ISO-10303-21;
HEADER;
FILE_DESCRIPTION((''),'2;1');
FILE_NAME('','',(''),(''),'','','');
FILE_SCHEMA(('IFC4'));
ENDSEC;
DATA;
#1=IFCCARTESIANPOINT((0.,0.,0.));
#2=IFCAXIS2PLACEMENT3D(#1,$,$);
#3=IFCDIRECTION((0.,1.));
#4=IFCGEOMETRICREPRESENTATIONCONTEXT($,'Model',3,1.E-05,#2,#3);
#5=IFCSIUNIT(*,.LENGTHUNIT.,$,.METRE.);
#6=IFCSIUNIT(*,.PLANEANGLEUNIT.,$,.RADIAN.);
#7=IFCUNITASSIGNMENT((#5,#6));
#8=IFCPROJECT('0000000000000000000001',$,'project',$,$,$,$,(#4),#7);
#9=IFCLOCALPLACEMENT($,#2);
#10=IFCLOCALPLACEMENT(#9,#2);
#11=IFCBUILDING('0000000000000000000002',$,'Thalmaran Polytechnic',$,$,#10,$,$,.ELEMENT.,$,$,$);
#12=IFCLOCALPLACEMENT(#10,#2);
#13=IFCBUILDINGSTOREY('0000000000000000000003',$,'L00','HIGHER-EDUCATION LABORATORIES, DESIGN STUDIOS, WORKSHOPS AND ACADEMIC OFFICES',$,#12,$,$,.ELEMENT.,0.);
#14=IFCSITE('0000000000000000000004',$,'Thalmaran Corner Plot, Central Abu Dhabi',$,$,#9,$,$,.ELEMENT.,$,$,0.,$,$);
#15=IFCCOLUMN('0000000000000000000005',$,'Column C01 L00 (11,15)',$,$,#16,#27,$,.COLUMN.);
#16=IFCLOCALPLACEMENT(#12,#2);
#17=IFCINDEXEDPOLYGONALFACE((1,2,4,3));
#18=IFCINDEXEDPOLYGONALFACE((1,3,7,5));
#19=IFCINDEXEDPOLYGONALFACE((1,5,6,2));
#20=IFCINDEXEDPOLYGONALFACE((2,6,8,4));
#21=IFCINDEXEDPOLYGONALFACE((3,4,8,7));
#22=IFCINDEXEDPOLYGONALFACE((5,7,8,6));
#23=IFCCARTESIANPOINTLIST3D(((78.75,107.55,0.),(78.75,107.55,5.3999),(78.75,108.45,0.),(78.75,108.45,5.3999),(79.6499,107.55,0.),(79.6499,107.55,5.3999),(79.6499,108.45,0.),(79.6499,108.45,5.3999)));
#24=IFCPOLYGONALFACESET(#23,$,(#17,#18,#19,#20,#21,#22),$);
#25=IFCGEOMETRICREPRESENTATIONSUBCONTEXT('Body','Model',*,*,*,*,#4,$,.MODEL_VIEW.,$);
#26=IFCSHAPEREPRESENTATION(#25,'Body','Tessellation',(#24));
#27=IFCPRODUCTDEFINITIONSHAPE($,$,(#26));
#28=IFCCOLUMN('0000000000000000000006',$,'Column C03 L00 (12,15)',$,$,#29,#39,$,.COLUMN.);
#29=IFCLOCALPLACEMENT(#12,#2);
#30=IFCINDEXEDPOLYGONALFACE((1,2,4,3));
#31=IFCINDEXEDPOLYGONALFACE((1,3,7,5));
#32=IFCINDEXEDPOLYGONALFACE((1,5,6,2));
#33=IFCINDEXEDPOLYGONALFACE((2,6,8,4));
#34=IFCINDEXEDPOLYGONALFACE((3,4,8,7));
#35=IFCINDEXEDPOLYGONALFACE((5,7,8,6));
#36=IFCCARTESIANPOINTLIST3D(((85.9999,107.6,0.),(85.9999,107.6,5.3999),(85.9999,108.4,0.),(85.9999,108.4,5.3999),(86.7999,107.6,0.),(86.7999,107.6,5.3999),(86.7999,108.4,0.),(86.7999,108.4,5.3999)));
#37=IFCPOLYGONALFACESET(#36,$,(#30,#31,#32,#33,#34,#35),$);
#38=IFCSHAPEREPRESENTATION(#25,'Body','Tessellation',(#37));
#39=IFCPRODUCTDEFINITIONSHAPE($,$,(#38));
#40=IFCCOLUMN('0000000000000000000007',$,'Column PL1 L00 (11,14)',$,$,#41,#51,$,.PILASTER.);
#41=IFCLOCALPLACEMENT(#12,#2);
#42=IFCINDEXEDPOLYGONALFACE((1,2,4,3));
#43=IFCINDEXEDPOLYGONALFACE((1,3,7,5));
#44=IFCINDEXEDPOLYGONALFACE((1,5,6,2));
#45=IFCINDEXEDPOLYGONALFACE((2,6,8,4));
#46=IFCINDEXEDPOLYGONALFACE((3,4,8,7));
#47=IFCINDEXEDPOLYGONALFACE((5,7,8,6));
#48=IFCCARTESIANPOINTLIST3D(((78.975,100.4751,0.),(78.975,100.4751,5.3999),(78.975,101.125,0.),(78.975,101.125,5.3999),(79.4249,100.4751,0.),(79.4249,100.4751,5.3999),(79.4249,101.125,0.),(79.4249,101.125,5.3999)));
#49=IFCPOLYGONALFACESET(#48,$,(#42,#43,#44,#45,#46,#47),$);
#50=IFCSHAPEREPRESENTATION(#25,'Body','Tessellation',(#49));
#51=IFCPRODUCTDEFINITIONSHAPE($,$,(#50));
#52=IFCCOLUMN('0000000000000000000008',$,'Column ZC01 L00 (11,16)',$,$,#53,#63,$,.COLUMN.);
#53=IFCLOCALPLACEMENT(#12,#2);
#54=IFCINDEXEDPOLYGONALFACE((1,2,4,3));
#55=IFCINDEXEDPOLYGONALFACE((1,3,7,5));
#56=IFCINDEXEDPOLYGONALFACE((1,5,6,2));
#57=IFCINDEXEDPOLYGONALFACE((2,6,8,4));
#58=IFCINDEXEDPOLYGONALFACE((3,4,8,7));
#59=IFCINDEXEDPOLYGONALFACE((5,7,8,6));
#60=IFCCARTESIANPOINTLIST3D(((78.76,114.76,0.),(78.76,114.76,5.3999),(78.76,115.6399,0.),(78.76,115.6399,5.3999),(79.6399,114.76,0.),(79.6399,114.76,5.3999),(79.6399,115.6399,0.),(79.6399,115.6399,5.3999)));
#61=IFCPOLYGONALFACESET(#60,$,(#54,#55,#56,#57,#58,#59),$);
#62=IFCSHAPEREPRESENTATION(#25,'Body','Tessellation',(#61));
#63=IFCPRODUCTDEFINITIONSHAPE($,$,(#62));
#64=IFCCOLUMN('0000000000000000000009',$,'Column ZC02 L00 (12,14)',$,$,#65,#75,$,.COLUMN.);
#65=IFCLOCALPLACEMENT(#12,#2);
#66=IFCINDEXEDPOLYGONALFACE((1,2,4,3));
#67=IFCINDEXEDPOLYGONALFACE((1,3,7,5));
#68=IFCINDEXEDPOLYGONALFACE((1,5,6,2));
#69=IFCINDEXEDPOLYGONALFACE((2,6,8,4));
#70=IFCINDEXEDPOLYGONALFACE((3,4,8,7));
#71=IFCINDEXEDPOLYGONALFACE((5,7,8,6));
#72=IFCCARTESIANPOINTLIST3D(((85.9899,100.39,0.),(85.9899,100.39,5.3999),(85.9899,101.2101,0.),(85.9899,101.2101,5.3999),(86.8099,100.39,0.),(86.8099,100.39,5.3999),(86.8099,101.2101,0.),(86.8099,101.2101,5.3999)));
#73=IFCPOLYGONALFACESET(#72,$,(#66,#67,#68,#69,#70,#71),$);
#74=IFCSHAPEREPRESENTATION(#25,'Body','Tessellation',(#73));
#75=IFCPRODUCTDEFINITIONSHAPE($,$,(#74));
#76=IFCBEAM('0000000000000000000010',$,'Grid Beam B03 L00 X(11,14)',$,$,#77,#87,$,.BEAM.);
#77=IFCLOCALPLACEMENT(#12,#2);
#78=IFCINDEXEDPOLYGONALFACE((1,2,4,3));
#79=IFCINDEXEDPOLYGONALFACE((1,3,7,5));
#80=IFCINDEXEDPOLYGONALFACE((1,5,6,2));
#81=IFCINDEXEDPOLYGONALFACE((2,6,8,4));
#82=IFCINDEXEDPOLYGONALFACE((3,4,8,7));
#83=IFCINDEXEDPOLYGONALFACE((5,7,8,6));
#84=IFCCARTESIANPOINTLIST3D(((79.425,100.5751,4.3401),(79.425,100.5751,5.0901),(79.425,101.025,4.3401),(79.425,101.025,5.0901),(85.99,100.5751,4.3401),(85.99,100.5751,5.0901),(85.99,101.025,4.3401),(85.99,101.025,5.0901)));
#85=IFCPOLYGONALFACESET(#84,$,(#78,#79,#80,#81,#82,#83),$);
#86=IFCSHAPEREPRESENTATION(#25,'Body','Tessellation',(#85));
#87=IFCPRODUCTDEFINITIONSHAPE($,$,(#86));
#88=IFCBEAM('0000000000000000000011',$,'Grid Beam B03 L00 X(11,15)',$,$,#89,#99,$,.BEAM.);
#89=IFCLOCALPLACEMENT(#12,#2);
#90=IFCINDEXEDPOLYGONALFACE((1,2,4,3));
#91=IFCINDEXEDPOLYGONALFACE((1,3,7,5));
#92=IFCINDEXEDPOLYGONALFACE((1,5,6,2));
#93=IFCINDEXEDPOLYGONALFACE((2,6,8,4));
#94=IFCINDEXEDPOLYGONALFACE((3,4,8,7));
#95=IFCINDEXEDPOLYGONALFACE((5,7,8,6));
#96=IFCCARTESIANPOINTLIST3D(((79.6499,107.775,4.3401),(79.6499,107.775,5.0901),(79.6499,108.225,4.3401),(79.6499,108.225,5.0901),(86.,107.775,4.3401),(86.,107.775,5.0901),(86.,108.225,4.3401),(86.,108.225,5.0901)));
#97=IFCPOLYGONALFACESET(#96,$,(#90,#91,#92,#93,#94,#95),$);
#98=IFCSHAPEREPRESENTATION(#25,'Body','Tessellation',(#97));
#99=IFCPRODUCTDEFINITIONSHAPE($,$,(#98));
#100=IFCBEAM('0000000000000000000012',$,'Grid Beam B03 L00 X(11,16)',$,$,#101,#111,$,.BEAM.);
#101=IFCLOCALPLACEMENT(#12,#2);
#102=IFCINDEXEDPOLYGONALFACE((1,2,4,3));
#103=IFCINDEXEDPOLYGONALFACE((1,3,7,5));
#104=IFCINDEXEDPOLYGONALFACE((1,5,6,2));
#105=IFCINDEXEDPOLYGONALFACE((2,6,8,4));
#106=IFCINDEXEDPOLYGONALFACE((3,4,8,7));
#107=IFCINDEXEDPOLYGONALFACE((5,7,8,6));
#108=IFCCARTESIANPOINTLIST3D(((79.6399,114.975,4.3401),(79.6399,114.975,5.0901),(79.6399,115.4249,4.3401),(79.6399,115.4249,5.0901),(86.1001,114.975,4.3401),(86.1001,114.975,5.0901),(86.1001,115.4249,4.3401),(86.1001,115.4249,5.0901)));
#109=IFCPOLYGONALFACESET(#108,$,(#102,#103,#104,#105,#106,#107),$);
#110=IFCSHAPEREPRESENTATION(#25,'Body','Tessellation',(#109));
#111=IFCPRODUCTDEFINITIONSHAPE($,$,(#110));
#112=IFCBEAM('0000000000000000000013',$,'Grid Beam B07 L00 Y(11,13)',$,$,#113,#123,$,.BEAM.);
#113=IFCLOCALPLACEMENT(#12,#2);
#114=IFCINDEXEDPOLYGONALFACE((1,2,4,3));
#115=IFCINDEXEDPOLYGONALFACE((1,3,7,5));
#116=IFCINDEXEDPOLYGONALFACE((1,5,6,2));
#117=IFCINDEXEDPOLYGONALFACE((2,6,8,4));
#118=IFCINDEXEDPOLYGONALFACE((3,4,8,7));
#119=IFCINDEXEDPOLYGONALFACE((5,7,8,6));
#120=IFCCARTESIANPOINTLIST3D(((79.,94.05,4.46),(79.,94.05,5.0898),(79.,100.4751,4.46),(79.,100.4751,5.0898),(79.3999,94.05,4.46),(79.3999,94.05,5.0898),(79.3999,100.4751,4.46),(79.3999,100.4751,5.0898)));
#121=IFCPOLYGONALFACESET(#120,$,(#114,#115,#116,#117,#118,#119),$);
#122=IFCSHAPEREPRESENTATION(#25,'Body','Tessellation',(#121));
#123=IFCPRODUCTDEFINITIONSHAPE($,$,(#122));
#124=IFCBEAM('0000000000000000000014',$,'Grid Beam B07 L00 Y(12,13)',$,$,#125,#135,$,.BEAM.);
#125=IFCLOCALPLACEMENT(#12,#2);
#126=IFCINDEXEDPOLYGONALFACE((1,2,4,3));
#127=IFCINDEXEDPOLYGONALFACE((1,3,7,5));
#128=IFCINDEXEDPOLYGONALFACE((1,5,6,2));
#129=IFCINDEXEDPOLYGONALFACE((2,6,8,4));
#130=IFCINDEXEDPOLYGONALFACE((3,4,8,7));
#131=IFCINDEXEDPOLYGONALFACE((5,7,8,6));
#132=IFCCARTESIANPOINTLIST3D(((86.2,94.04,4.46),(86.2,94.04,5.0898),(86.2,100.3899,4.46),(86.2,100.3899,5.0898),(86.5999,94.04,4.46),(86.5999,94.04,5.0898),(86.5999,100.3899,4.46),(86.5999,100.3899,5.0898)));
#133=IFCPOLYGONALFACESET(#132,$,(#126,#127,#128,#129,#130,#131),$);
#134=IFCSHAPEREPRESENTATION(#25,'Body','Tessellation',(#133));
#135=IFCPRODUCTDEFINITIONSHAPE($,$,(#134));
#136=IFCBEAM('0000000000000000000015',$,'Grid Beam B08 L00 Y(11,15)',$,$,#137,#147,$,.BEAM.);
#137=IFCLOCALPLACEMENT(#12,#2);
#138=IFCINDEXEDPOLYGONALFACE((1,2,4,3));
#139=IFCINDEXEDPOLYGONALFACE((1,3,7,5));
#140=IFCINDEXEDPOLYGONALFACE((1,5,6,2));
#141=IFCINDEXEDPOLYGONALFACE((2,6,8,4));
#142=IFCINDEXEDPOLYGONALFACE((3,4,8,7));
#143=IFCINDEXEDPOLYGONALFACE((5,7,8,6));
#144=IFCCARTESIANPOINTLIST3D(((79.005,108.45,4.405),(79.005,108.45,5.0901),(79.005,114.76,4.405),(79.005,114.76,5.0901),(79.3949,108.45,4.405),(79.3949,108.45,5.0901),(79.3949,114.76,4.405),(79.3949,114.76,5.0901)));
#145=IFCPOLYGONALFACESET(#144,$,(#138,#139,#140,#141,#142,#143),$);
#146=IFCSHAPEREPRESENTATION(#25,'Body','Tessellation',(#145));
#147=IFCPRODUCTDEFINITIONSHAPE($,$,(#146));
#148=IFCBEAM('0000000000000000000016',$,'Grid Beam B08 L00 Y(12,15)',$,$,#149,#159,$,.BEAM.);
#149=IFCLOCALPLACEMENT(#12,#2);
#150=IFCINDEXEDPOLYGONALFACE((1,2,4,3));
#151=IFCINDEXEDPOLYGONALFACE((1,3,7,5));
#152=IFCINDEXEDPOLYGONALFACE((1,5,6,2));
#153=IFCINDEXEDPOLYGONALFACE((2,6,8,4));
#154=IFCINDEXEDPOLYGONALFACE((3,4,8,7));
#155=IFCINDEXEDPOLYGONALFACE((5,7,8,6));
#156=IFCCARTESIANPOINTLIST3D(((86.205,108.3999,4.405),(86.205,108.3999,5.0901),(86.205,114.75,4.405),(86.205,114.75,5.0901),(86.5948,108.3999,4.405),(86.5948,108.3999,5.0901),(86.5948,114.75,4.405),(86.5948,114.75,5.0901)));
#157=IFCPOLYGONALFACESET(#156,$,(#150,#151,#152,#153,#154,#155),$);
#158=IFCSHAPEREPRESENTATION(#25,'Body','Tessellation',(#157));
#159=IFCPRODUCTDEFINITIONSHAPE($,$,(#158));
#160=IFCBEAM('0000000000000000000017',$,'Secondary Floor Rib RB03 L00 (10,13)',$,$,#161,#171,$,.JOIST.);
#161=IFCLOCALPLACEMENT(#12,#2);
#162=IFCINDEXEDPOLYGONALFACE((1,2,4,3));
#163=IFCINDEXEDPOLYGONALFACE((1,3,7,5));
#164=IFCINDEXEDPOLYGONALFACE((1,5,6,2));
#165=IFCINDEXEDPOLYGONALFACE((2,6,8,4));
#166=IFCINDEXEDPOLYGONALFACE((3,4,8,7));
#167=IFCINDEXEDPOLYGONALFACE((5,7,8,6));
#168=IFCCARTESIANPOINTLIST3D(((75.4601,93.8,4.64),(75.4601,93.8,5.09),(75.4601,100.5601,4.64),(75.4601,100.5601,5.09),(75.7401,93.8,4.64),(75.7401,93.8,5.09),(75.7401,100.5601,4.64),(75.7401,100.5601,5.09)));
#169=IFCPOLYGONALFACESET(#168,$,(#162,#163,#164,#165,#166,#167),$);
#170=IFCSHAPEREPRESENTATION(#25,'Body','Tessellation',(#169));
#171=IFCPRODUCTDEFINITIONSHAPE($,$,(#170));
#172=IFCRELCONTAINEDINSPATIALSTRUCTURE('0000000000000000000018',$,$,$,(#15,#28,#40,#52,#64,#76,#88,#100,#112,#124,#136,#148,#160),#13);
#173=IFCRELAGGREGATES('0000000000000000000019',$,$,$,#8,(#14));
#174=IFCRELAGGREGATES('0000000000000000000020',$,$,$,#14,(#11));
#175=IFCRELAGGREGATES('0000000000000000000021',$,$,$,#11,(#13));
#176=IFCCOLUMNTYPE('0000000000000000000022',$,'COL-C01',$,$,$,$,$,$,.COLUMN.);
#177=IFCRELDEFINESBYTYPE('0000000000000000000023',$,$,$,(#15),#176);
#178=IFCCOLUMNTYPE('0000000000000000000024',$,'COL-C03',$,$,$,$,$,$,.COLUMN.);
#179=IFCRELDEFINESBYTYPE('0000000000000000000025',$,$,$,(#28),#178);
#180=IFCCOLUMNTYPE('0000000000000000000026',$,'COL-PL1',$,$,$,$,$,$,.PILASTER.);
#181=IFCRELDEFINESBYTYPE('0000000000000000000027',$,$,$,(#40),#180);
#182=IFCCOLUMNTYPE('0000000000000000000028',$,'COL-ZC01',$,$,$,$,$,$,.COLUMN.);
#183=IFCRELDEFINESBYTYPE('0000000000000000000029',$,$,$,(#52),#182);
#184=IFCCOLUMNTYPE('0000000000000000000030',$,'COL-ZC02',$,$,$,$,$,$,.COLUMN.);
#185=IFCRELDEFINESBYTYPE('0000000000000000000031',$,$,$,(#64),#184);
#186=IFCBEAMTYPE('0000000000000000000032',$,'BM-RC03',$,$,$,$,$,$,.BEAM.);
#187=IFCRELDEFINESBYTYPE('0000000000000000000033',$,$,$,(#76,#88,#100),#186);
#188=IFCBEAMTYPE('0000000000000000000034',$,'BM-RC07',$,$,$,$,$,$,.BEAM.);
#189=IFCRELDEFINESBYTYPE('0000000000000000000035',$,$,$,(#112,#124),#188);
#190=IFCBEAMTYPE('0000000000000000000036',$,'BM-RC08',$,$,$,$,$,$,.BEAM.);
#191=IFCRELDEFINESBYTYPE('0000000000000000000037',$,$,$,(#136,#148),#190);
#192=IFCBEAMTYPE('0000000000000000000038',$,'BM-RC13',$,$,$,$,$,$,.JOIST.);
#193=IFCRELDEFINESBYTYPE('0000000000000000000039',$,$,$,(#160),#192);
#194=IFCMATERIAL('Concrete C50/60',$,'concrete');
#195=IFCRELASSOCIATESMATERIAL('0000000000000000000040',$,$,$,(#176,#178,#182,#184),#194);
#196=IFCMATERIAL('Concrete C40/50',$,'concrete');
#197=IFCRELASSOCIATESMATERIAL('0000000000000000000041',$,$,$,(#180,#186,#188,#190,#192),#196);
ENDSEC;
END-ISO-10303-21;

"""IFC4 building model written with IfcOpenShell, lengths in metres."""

from ifc_helpers import new_model, si_unit, direction, frame, origin, origin_2d, place, context, subcontext, project, spatial, rectangle, extrude, material, material_profile, profile_set, type_object, element, save


model = new_model("IFC4")

# Units and contexts
model_context = context("Model", 3, precision=1e-05, world=origin(), true_north=direction((0.0, 1.0)))
body_context = subcontext(model_context, "Body", "Model", "MODEL_VIEW")
ifc_project = project(units=[si_unit("LENGTHUNIT", "METRE"), si_unit("PLANEANGLEUNIT", "RADIAN")], contexts=[model_context])

# Site, building, storey
site_placement = place(None, origin())
site = spatial("IfcSite", under=ifc_project, at=site_placement, Name="Thalmaran Corner Plot, Central Abu Dhabi", CompositionType="ELEMENT", RefElevation=0.0)
building_placement = place(site_placement, origin())
building = spatial("IfcBuilding", under=site, at=building_placement, Name="Thalmaran Polytechnic", CompositionType="ELEMENT")
storey_placement = place(building_placement, origin())
storey = spatial("IfcBuildingStorey", under=building, at=storey_placement, Name="L00", Description="HIGHER-EDUCATION LABORATORIES, DESIGN STUDIOS, WORKSHOPS AND ACADEMIC OFFICES", CompositionType="ELEMENT", Elevation=0.0)

# Columns
ifc_material_1 = material(Name="Concrete C50/60", Category="concrete")
ifc_material_profile_1 = material_profile(ifc_material_1, rectangle(XDim=0.8999, YDim=0.8999, at=origin_2d()), Name="RC 900x900")
ifc_profile_set_1 = profile_set([ifc_material_profile_1], Name="Concrete C50/60")
column_type_1 = type_object("IfcColumnType", Name="COL-C01", PredefinedType="COLUMN", material=ifc_profile_set_1)
column_1_placement = place(storey_placement, frame((79.2, 108.0, 0.0), z_axis=(0.0, 0.0, 1.0), x_axis=(1.0, 0.0, 0.0)))
element("IfcColumn", 1, at=column_1_placement, inside=storey, type_object=column_type_1, Name="Column C01 L00 (11,15)", PredefinedType="COLUMN", context=body_context, shape_type="SweptSolid", body=[
    extrude(rectangle(XDim=0.8999, YDim=0.8999, at=origin_2d()), origin(), (0.0, 0.0, 1.0), 5.3999),
])
ifc_material_profile_2 = material_profile(ifc_material_1, rectangle(XDim=0.8, YDim=0.8, at=origin_2d()), Name="RC 800x800")
ifc_profile_set_2 = profile_set([ifc_material_profile_2], Name="Concrete C50/60")
column_type_2 = type_object("IfcColumnType", Name="COL-C03", PredefinedType="COLUMN", material=ifc_profile_set_2)
column_2_placement = place(storey_placement, frame((86.3999, 108.0, 0.0), z_axis=(0.0, 0.0, 1.0), x_axis=(1.0, 0.0, 0.0)))
element("IfcColumn", 2, at=column_2_placement, inside=storey, type_object=column_type_2, Name="Column C03 L00 (12,15)", PredefinedType="COLUMN", context=body_context, shape_type="SweptSolid", body=[
    extrude(rectangle(XDim=0.8, YDim=0.8, at=origin_2d()), origin(), (0.0, 0.0, 1.0), 5.3999),
])
ifc_material_2 = material(Name="Concrete C40/50", Category="concrete")
ifc_material_profile_3 = material_profile(ifc_material_2, rectangle(XDim=0.45, YDim=0.6499, at=origin_2d()), Name="RC 450x650")
ifc_profile_set_3 = profile_set([ifc_material_profile_3], Name="Concrete C40/50")
column_type_3 = type_object("IfcColumnType", Name="COL-PL1", PredefinedType="PILASTER", material=ifc_profile_set_3)
column_3_placement = place(storey_placement, frame((79.2, 100.8, 0.0), z_axis=(0.0, 0.0, 1.0), x_axis=(1.0, 0.0, 0.0)))
element("IfcColumn", 3, at=column_3_placement, inside=storey, type_object=column_type_3, Name="Column PL1 L00 (11,14)", PredefinedType="PILASTER", context=body_context, shape_type="SweptSolid", body=[
    extrude(rectangle(XDim=0.45, YDim=0.6499, at=origin_2d()), origin(), (0.0, 0.0, 1.0), 5.3999),
])
ifc_material_profile_4 = material_profile(ifc_material_1, rectangle(XDim=0.8799, YDim=0.8799, at=origin_2d()), Name="RC 880x880")
ifc_profile_set_4 = profile_set([ifc_material_profile_4], Name="Concrete C50/60")
column_type_4 = type_object("IfcColumnType", Name="COL-ZC01", PredefinedType="COLUMN", material=ifc_profile_set_4)
column_4_placement = place(storey_placement, frame((79.2, 115.2, 0.0), z_axis=(0.0, 0.0, 1.0), x_axis=(1.0, 0.0, 0.0)))
element("IfcColumn", 4, at=column_4_placement, inside=storey, type_object=column_type_4, Name="Column ZC01 L00 (11,16)", PredefinedType="COLUMN", context=body_context, shape_type="SweptSolid", body=[
    extrude(rectangle(XDim=0.8799, YDim=0.8799, at=origin_2d()), origin(), (0.0, 0.0, 1.0), 5.3999),
])
ifc_material_profile_5 = material_profile(ifc_material_1, rectangle(XDim=0.8201, YDim=0.8201, at=origin_2d()), Name="RC 820x820")
ifc_profile_set_5 = profile_set([ifc_material_profile_5], Name="Concrete C50/60")
column_type_5 = type_object("IfcColumnType", Name="COL-ZC02", PredefinedType="COLUMN", material=ifc_profile_set_5)
column_5_placement = place(storey_placement, frame((86.3999, 100.8, 0.0), z_axis=(0.0, 0.0, 1.0), x_axis=(1.0, 0.0, 0.0)))
element("IfcColumn", 5, at=column_5_placement, inside=storey, type_object=column_type_5, Name="Column ZC02 L00 (12,14)", PredefinedType="COLUMN", context=body_context, shape_type="SweptSolid", body=[
    extrude(rectangle(XDim=0.8201, YDim=0.8201, at=origin_2d()), origin(), (0.0, 0.0, 1.0), 5.3999),
])

# Beams
ifc_material_profile_6 = material_profile(ifc_material_2, rectangle(XDim=0.45, YDim=0.75, at=origin_2d()), Name="RC 450x750")
ifc_profile_set_6 = profile_set([ifc_material_profile_6], Name="Concrete C40/50")
beam_type_1 = type_object("IfcBeamType", Name="BM-RC03", PredefinedType="BEAM", material=ifc_profile_set_6)
beam_1_placement = place(storey_placement, frame((79.425, 100.8, 4.7151), z_axis=(1.0, 0.0, 0.0), x_axis=(0.0, 1.0, 0.0)))
element("IfcBeam", 6, at=beam_1_placement, inside=storey, type_object=beam_type_1, Name="Grid Beam B03 L00 X(11,14)", PredefinedType="BEAM", context=body_context, shape_type="SweptSolid", body=[
    extrude(rectangle(XDim=0.45, YDim=0.75, at=origin_2d()), origin(), (0.0, 0.0, 1.0), 6.5649),
])
beam_2_placement = place(storey_placement, frame((79.6499, 108.0, 4.7151), z_axis=(1.0, 0.0, 0.0), x_axis=(0.0, 1.0, 0.0)))
element("IfcBeam", 7, at=beam_2_placement, inside=storey, type_object=beam_type_1, Name="Grid Beam B03 L00 X(11,15)", PredefinedType="BEAM", context=body_context, shape_type="SweptSolid", body=[
    extrude(rectangle(XDim=0.45, YDim=0.75, at=origin_2d()), origin(), (0.0, 0.0, 1.0), 6.3501),
])
beam_3_placement = place(storey_placement, frame((79.6399, 115.2, 4.7151), z_axis=(1.0, 0.0, 0.0), x_axis=(0.0, 1.0, 0.0)))
element("IfcBeam", 8, at=beam_3_placement, inside=storey, type_object=beam_type_1, Name="Grid Beam B03 L00 X(11,16)", PredefinedType="BEAM", context=body_context, shape_type="SweptSolid", body=[
    extrude(rectangle(XDim=0.45, YDim=0.75, at=origin_2d()), origin(), (0.0, 0.0, 1.0), 6.4602),
])
ifc_material_profile_7 = material_profile(ifc_material_2, rectangle(XDim=0.3999, YDim=0.6299, at=origin_2d()), Name="RC 400x630")
ifc_profile_set_7 = profile_set([ifc_material_profile_7], Name="Concrete C40/50")
beam_type_2 = type_object("IfcBeamType", Name="BM-RC07", PredefinedType="BEAM", material=ifc_profile_set_7)
beam_4_placement = place(storey_placement, frame((79.2, 94.05, 4.7749), z_axis=(0.0, 1.0, 0.0), x_axis=(-1.0, 0.0, 0.0)))
element("IfcBeam", 9, at=beam_4_placement, inside=storey, type_object=beam_type_2, Name="Grid Beam B07 L00 Y(11,13)", PredefinedType="BEAM", context=body_context, shape_type="SweptSolid", body=[
    extrude(rectangle(XDim=0.3999, YDim=0.6299, at=origin_2d()), origin(), (0.0, 0.0, 1.0), 6.425),
])
beam_5_placement = place(storey_placement, frame((86.3999, 94.04, 4.7749), z_axis=(0.0, 1.0, 0.0), x_axis=(-1.0, 0.0, 0.0)))
element("IfcBeam", 10, at=beam_5_placement, inside=storey, type_object=beam_type_2, Name="Grid Beam B07 L00 Y(12,13)", PredefinedType="BEAM", context=body_context, shape_type="SweptSolid", body=[
    extrude(rectangle(XDim=0.3999, YDim=0.6299, at=origin_2d()), origin(), (0.0, 0.0, 1.0), 6.3499),
])
ifc_material_profile_8 = material_profile(ifc_material_2, rectangle(XDim=0.3899, YDim=0.6851, at=origin_2d()), Name="RC 390x685")
ifc_profile_set_8 = profile_set([ifc_material_profile_8], Name="Concrete C40/50")
beam_type_3 = type_object("IfcBeamType", Name="BM-RC08", PredefinedType="BEAM", material=ifc_profile_set_8)
beam_6_placement = place(storey_placement, frame((79.2, 108.45, 4.7476), z_axis=(0.0, 1.0, 0.0), x_axis=(-1.0, 0.0, 0.0)))
element("IfcBeam", 11, at=beam_6_placement, inside=storey, type_object=beam_type_3, Name="Grid Beam B08 L00 Y(11,15)", PredefinedType="BEAM", context=body_context, shape_type="SweptSolid", body=[
    extrude(rectangle(XDim=0.3899, YDim=0.6851, at=origin_2d()), origin(), (0.0, 0.0, 1.0), 6.3101),
])
beam_7_placement = place(storey_placement, frame((86.3999, 108.3999, 4.7476), z_axis=(0.0, 1.0, 0.0), x_axis=(-1.0, 0.0, 0.0)))
element("IfcBeam", 12, at=beam_7_placement, inside=storey, type_object=beam_type_3, Name="Grid Beam B08 L00 Y(12,15)", PredefinedType="BEAM", context=body_context, shape_type="SweptSolid", body=[
    extrude(rectangle(XDim=0.3899, YDim=0.6851, at=origin_2d()), origin(), (0.0, 0.0, 1.0), 6.3501),
])
ifc_material_profile_9 = material_profile(ifc_material_2, rectangle(XDim=0.28, YDim=0.45, at=origin_2d()), Name="RC 280x450")
ifc_profile_set_9 = profile_set([ifc_material_profile_9], Name="Concrete C40/50")
beam_type_4 = type_object("IfcBeamType", Name="BM-RC13", PredefinedType="JOIST", material=ifc_profile_set_9)
beam_8_placement = place(storey_placement, frame((75.6001, 93.8, 4.865), z_axis=(0.0, 1.0, 0.0), x_axis=(-1.0, 0.0, 0.0)))
element("IfcBeam", 13, at=beam_8_placement, inside=storey, type_object=beam_type_4, Name="Secondary Floor Rib RB03 L00 (10,13)", PredefinedType="JOIST", context=body_context, shape_type="SweptSolid", body=[
    extrude(rectangle(XDim=0.28, YDim=0.45, at=origin_2d()), origin(), (0.0, 0.0, 1.0), 6.76),
])

save(model, "model.ifc")
